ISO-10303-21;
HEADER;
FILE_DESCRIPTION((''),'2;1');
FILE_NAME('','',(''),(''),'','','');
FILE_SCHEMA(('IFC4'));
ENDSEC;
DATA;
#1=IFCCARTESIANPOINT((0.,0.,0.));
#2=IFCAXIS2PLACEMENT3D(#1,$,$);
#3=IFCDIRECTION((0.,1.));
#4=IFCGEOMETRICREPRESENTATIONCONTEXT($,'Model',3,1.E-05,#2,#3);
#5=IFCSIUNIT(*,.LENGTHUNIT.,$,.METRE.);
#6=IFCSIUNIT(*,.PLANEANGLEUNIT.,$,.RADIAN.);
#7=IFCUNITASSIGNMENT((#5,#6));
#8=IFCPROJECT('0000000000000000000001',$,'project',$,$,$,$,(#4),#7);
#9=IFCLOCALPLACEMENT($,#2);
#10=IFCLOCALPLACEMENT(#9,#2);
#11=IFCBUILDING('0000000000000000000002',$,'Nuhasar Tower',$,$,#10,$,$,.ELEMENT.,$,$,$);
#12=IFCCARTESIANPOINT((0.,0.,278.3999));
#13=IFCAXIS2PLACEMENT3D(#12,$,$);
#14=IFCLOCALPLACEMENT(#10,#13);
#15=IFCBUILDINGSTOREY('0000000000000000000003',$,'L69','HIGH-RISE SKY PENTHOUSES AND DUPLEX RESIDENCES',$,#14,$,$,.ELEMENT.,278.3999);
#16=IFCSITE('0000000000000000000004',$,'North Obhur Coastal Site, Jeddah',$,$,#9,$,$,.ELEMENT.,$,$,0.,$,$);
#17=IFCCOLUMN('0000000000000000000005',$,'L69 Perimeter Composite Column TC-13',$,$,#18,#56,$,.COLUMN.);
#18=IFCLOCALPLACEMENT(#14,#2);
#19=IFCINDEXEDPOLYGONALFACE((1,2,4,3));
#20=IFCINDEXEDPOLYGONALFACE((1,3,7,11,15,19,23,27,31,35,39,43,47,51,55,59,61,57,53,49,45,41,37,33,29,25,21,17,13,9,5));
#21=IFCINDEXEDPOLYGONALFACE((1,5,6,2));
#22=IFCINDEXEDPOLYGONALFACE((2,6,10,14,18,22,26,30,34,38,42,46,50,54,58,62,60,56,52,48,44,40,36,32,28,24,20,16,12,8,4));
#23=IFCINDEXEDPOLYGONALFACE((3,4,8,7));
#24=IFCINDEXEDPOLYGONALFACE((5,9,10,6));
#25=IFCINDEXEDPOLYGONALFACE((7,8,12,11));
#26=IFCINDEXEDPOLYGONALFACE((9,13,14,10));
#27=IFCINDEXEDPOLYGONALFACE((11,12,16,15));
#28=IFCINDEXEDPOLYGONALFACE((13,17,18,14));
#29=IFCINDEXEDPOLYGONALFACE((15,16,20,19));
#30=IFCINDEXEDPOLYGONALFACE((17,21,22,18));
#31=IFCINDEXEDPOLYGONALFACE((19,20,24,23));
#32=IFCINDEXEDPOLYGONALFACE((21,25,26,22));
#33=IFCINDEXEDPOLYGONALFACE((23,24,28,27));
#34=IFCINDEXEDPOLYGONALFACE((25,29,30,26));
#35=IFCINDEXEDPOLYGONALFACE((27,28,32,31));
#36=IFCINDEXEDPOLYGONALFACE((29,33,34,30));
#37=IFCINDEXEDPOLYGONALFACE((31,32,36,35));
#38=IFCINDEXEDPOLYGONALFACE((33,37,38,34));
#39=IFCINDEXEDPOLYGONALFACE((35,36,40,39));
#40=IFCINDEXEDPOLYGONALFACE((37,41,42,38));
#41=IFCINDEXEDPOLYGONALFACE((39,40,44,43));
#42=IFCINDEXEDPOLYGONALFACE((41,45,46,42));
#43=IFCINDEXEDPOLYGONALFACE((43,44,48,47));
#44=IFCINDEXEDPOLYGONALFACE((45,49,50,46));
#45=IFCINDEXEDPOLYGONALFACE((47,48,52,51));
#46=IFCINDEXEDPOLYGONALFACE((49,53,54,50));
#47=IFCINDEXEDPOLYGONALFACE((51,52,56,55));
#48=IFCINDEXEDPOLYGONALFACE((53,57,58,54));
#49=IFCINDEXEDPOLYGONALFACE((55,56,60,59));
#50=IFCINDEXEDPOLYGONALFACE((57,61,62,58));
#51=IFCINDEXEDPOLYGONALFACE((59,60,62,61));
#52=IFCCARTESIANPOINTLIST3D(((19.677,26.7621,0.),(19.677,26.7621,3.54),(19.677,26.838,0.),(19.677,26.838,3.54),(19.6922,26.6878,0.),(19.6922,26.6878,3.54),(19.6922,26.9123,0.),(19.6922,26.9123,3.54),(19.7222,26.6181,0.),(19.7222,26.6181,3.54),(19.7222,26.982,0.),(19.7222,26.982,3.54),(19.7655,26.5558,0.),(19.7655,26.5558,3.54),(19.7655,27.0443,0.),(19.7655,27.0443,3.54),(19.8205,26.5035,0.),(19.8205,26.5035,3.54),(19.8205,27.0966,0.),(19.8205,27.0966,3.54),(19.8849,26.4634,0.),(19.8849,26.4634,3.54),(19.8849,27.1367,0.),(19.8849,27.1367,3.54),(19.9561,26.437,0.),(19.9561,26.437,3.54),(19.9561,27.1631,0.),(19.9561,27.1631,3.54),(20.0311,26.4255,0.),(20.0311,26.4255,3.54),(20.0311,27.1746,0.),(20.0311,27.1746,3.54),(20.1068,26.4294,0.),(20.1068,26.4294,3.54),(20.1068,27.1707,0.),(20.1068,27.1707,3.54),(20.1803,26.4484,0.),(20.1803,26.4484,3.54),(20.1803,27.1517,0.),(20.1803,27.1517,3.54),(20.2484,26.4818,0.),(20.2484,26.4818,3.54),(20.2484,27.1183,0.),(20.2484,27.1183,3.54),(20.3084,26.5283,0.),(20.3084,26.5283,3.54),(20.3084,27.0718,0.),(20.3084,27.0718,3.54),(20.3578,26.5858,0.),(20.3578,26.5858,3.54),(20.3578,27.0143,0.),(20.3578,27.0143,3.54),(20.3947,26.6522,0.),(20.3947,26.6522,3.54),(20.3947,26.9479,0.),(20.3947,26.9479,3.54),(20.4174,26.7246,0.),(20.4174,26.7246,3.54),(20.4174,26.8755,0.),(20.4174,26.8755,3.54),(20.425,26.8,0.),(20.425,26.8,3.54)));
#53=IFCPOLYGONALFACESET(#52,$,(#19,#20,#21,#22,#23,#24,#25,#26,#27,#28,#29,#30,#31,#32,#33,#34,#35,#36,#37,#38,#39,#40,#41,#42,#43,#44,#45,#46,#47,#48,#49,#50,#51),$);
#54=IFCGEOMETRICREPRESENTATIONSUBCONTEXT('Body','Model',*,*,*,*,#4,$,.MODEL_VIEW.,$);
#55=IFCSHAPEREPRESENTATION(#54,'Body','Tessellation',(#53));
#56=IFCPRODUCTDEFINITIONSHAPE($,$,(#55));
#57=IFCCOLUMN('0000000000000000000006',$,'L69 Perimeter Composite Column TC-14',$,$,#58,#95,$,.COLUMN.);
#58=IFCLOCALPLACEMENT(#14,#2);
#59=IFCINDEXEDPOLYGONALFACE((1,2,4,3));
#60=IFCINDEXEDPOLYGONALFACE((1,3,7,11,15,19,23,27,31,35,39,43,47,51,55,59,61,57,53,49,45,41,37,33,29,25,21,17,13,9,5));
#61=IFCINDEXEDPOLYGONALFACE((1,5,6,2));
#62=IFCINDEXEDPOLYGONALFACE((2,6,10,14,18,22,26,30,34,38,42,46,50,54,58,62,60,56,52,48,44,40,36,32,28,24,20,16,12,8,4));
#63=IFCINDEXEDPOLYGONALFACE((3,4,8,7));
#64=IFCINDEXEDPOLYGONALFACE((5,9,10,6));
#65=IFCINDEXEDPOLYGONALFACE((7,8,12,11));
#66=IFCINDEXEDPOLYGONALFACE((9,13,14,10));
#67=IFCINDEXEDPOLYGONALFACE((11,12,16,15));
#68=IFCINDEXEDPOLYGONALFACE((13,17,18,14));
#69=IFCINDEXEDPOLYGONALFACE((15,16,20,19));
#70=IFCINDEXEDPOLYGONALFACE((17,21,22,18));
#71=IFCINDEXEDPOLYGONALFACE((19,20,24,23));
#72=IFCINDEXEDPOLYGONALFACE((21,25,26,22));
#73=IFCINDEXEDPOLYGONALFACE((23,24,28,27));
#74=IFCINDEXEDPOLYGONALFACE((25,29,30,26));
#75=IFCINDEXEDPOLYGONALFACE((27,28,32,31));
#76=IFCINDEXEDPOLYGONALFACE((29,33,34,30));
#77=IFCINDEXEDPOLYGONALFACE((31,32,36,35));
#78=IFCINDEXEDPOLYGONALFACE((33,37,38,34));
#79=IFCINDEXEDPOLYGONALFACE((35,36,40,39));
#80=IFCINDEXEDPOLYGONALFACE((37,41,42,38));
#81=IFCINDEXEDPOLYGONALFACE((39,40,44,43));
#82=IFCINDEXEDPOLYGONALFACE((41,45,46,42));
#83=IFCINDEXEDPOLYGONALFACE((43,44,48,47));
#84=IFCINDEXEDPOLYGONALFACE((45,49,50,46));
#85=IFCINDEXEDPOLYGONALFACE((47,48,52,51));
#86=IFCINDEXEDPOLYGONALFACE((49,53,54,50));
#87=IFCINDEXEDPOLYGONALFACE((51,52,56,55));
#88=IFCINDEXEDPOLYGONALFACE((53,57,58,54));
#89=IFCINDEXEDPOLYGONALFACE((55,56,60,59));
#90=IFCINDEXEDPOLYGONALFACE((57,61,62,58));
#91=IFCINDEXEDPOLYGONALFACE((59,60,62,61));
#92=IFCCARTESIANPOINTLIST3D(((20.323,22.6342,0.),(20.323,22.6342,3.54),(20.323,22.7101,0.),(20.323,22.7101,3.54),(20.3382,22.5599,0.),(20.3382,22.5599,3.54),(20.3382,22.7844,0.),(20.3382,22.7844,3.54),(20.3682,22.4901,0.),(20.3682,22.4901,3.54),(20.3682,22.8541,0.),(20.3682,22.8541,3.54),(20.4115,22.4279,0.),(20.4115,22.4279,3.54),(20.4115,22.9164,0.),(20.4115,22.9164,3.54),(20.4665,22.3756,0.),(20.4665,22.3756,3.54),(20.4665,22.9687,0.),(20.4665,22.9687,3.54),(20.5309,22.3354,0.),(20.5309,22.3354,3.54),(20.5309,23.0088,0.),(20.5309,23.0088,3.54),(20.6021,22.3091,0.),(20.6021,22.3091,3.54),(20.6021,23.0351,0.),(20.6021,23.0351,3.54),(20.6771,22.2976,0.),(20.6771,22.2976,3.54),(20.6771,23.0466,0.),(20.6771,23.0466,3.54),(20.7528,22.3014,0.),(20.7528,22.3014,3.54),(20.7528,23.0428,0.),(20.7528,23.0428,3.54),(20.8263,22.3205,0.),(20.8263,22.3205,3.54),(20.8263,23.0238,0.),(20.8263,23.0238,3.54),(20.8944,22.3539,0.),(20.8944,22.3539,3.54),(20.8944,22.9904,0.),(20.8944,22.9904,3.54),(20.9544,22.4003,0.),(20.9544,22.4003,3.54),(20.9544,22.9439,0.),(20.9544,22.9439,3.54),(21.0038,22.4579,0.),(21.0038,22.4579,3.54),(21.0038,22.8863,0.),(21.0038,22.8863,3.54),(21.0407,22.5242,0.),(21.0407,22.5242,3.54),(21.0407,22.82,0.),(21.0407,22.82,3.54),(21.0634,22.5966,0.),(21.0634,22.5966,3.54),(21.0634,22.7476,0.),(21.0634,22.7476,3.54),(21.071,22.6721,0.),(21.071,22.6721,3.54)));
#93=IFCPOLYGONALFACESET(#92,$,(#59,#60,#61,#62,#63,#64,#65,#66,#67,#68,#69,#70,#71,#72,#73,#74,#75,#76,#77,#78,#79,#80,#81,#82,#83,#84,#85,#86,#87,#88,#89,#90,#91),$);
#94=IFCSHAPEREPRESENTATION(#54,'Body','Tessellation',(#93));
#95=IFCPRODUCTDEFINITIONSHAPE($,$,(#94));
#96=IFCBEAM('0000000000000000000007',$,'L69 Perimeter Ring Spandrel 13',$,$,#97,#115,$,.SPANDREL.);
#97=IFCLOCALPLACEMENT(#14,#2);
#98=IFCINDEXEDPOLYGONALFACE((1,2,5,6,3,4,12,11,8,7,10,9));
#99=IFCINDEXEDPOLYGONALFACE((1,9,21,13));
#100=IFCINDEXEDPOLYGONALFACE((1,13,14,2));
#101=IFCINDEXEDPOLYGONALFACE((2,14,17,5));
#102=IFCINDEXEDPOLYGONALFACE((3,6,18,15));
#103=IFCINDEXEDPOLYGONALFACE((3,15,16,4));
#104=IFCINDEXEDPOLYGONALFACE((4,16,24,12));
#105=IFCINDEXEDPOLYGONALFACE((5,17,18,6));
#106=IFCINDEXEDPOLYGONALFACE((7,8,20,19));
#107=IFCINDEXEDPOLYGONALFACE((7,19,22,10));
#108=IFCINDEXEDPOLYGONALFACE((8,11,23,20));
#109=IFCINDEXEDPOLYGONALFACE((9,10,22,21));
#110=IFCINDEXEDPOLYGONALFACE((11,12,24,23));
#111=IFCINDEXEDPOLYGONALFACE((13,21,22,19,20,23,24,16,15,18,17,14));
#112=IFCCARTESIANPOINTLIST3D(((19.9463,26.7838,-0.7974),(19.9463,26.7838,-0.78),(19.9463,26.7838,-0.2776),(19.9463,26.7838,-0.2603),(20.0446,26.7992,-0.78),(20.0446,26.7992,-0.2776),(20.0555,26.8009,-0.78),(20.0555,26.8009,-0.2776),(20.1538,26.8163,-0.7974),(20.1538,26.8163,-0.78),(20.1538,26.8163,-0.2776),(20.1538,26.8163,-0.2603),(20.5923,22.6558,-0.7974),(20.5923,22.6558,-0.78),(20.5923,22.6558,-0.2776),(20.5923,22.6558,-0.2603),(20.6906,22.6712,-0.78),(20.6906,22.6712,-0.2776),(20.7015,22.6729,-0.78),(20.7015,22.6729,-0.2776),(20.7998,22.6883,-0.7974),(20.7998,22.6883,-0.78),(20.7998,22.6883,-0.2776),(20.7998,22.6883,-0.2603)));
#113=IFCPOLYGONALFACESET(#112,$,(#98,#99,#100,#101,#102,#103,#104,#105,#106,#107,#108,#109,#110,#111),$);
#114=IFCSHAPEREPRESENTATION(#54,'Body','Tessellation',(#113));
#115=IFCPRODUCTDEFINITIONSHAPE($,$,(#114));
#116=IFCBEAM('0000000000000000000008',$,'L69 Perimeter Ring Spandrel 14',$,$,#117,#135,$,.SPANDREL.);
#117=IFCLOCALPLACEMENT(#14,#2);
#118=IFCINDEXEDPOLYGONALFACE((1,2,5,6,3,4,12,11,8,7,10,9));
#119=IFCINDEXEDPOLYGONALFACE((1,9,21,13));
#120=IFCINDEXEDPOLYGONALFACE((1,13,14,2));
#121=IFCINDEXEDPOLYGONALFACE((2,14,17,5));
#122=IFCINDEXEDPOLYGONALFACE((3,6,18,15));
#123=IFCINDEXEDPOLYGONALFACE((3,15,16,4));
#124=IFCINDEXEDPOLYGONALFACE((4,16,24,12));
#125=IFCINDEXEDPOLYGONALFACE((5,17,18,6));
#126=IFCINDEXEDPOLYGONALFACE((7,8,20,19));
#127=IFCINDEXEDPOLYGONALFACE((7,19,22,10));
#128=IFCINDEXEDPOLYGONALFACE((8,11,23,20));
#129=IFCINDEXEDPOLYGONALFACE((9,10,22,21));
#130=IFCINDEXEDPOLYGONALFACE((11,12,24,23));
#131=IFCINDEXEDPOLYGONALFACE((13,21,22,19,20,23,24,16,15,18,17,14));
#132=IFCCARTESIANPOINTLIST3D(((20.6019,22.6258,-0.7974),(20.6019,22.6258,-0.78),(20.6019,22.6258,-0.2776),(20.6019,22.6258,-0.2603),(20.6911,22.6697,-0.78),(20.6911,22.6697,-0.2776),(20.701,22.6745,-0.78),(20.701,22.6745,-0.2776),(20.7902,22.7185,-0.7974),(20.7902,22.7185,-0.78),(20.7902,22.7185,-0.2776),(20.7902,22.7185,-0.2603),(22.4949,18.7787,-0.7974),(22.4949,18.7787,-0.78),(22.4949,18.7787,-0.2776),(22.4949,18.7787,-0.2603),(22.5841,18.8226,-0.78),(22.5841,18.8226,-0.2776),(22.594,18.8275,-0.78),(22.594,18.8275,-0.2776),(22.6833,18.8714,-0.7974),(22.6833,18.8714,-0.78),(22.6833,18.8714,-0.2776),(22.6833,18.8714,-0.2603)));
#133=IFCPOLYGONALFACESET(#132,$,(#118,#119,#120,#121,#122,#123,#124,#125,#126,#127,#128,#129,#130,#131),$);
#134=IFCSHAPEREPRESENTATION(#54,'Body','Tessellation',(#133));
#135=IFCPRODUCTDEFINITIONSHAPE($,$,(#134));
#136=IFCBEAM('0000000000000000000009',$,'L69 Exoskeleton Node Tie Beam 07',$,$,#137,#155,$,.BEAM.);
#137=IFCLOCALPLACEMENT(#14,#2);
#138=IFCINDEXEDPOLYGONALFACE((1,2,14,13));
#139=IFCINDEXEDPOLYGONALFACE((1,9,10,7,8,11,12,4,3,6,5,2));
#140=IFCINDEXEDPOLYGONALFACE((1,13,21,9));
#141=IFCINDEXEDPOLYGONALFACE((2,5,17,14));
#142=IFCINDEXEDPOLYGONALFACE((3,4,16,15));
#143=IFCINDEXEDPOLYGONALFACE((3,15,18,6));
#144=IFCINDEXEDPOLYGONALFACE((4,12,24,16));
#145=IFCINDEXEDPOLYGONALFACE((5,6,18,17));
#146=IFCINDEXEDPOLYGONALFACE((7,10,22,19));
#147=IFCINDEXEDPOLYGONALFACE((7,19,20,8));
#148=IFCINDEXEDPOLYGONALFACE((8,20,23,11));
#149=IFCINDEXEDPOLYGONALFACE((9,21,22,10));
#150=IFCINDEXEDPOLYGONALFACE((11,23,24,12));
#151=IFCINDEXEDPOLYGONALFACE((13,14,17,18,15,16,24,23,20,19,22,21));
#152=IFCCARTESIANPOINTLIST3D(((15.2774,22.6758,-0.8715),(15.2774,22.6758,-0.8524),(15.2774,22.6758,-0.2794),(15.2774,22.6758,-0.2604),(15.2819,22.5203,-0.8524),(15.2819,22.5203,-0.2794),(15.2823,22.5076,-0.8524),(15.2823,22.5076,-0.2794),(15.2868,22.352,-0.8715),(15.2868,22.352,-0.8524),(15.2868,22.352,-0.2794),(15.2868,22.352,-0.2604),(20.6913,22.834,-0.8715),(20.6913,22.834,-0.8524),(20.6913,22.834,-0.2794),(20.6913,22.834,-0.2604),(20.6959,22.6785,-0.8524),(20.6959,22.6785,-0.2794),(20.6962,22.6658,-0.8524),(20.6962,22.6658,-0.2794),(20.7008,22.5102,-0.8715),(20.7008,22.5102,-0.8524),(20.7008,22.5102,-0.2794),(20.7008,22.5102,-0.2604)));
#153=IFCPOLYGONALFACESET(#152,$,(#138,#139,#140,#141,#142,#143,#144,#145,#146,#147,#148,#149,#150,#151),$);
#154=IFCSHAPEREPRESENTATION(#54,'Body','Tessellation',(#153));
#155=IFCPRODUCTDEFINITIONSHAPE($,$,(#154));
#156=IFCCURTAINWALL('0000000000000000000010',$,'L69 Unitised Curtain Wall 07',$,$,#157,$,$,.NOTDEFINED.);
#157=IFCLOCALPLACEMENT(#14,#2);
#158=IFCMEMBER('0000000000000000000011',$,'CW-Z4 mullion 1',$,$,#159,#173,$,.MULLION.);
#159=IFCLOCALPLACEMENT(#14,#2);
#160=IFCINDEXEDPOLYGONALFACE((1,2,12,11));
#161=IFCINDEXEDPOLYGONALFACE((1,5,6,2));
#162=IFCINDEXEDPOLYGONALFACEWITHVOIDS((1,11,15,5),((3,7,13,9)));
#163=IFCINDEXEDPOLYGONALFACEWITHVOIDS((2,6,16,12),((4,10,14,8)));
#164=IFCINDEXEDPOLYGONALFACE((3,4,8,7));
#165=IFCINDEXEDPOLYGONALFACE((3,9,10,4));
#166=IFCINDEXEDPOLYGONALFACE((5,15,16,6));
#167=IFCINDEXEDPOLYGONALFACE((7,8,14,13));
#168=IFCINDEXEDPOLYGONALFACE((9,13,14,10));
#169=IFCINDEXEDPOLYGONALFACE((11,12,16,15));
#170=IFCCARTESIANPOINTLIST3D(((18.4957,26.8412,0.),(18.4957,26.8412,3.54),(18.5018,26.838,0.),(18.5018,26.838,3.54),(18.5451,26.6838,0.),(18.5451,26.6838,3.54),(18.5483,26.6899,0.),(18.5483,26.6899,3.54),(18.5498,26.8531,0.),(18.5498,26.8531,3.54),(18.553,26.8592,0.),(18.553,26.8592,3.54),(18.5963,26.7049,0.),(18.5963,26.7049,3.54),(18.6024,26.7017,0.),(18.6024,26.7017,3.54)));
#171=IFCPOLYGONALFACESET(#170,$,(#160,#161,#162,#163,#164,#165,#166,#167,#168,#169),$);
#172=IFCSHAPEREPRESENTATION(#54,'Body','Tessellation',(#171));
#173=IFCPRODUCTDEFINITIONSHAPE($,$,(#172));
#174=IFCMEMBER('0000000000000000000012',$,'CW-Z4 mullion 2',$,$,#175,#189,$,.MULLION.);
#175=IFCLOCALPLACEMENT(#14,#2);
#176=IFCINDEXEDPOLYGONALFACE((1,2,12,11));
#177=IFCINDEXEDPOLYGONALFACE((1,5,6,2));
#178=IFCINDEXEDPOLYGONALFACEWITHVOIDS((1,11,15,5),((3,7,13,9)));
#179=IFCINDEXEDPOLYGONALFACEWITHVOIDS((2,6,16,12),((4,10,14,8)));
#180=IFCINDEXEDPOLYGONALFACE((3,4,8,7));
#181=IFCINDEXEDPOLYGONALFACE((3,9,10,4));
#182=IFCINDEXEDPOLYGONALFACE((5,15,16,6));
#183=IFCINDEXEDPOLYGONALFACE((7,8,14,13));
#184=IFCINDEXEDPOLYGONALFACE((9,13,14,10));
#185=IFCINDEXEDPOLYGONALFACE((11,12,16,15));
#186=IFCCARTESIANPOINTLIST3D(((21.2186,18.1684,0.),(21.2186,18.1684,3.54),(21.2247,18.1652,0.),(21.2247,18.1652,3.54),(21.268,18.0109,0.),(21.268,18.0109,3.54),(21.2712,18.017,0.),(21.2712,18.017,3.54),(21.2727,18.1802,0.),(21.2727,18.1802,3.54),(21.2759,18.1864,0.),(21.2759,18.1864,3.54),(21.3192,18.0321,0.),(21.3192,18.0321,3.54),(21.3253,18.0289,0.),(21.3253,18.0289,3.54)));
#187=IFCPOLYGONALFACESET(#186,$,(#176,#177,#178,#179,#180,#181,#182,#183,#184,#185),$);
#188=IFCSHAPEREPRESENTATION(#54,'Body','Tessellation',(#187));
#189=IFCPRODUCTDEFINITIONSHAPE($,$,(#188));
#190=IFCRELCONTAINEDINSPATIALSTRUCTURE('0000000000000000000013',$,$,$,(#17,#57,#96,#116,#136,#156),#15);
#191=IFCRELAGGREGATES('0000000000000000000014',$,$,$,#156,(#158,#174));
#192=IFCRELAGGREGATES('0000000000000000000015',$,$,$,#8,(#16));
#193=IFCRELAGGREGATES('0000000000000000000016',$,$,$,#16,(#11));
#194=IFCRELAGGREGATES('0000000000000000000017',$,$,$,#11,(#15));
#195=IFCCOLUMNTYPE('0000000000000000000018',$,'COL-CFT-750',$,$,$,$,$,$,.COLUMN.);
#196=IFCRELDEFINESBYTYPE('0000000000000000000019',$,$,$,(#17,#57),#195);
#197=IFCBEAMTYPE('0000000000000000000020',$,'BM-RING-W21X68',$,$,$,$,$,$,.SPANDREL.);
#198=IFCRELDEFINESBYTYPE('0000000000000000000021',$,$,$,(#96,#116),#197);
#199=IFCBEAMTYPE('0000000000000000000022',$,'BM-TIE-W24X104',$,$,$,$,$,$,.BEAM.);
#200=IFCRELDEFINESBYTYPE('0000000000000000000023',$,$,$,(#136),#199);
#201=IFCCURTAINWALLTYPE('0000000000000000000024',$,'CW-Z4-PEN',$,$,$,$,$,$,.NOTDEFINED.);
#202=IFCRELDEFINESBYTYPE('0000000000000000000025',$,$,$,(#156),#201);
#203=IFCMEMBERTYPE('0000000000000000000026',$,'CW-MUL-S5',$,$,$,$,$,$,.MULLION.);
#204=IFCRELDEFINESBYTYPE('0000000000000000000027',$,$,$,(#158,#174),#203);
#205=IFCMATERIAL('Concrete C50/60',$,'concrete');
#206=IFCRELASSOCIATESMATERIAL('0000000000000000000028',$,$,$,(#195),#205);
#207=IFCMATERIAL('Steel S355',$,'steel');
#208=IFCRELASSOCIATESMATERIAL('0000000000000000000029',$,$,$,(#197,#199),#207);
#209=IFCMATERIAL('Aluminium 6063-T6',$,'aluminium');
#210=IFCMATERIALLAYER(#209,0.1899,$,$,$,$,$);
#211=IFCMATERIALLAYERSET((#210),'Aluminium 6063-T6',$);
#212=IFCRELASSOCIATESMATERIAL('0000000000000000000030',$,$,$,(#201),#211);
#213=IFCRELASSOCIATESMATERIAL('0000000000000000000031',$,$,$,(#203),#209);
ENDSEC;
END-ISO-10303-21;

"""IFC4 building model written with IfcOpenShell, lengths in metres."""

from ifc_helpers import new_model, si_unit, direction, frame, origin, origin_2d, place, context, subcontext, project, spatial, hollow_rectangle, circle, i_section, extrude, material, layer, layer_set, material_profile, profile_set, type_object, element, aggregate, save


model = new_model("IFC4")

# Units and contexts
model_context = context("Model", 3, precision=1e-05, world=origin(), true_north=direction((0.0, 1.0)))
body_context = subcontext(model_context, "Body", "Model", "MODEL_VIEW")
ifc_project = project(units=[si_unit("LENGTHUNIT", "METRE"), si_unit("PLANEANGLEUNIT", "RADIAN")], contexts=[model_context])

# Site, building, storey
site_placement = place(None, origin())
site = spatial("IfcSite", under=ifc_project, at=site_placement, Name="North Obhur Coastal Site, Jeddah", CompositionType="ELEMENT", RefElevation=0.0)
building_placement = place(site_placement, origin())
building = spatial("IfcBuilding", under=site, at=building_placement, Name="Nuhasar Tower", CompositionType="ELEMENT")
storey_placement = place(building_placement, frame((0.0, 0.0, 278.3999)))
storey = spatial("IfcBuildingStorey", under=building, at=storey_placement, Name="L69", Description="HIGH-RISE SKY PENTHOUSES AND DUPLEX RESIDENCES", CompositionType="ELEMENT", Elevation=278.3999)

# Columns
ifc_material_1 = material(Name="Concrete C50/60", Category="concrete")
ifc_material_profile_1 = material_profile(ifc_material_1, circle(Radius=0.375, at=origin_2d()), Name="CFT750")
ifc_profile_set_1 = profile_set([ifc_material_profile_1], Name="Concrete C50/60")
column_type = type_object("IfcColumnType", Name="COL-CFT-750", PredefinedType="COLUMN", material=ifc_profile_set_1)
for number, where, z_axis, x_axis, name in (
    (1, (20.05, 26.8, 0.0), (0.0, 0.0, 1.0), (1.0, 0.0, 0.0), "L69 Perimeter Composite Column TC-13"),
    (2, (20.696, 22.6721, 0.0), (0.0, 0.0, 1.0), (1.0, 0.0, 0.0), "L69 Perimeter Composite Column TC-14"),
):
    element("IfcColumn", number, at=place(storey_placement, frame(where, z_axis=z_axis, x_axis=x_axis)), inside=storey, type_object=column_type, Name=name, PredefinedType="COLUMN", context=body_context, shape_type="SweptSolid", body=[
        extrude(circle(Radius=0.375, at=origin_2d()), origin(), (0.0, 0.0, 1.0), 3.54),
    ])

# Beams
ifc_material_2 = material(Name="Steel S355", Category="steel")
ifc_material_profile_2 = material_profile(ifc_material_2, i_section(OverallWidth=0.21, OverallDepth=0.5371, WebThickness=0.011, FlangeThickness=0.0173, at=origin_2d()), Name="W21X68")
ifc_profile_set_2 = profile_set([ifc_material_profile_2], Name="Steel S355")
beam_type_1 = type_object("IfcBeamType", Name="BM-RING-W21X68", PredefinedType="SPANDREL", material=ifc_profile_set_2)
beam_1_placement = place(storey_placement, frame((20.05, 26.8, -0.5288), z_axis=(0.154612, -0.987975, 0.0), x_axis=(0.987975, 0.154612, 0.0)))
element("IfcBeam", 3, at=beam_1_placement, inside=storey, type_object=beam_type_1, Name="L69 Perimeter Ring Spandrel 13", PredefinedType="SPANDREL", context=body_context, shape_type="SweptSolid", body=[
    extrude(i_section(OverallWidth=0.21, OverallDepth=0.5371, WebThickness=0.011, FlangeThickness=0.0173, at=origin_2d()), origin(), (0.0, 0.0, 1.0), 4.1782),
])
beam_2_placement = place(storey_placement, frame((20.696, 22.6721, -0.5288), z_axis=(0.441511, -0.897256, 0.0), x_axis=(0.897256, 0.441511, 0.0)))
element("IfcBeam", 4, at=beam_2_placement, inside=storey, type_object=beam_type_1, Name="L69 Perimeter Ring Spandrel 14", PredefinedType="SPANDREL", context=body_context, shape_type="SweptSolid", body=[
    extrude(i_section(OverallWidth=0.21, OverallDepth=0.5371, WebThickness=0.011, FlangeThickness=0.0173, at=origin_2d()), origin(), (0.0, 0.0, 1.0), 4.2876),
])
ifc_material_profile_3 = material_profile(ifc_material_2, i_section(OverallWidth=0.324, OverallDepth=0.6111, WebThickness=0.0127, FlangeThickness=0.019, at=origin_2d()), Name="W24X104")
ifc_profile_set_3 = profile_set([ifc_material_profile_3], Name="Steel S355")
beam_type_2 = type_object("IfcBeamType", Name="BM-TIE-W24X104", PredefinedType="BEAM", material=ifc_profile_set_3)
beam_3_placement = place(storey_placement, frame((20.696, 22.6721, -0.5659), z_axis=(-0.999573, -0.029208, 0.0), x_axis=(0.029208, -0.999573, 0.0)))
element("IfcBeam", 5, at=beam_3_placement, inside=storey, type_object=beam_type_2, Name="L69 Exoskeleton Node Tie Beam 07", PredefinedType="BEAM", context=body_context, shape_type="SweptSolid", body=[
    extrude(i_section(OverallWidth=0.324, OverallDepth=0.6111, WebThickness=0.0127, FlangeThickness=0.019, at=origin_2d()), origin(), (0.0, 0.0, 1.0), 5.4163),
])

# Curtain wall, members
ifc_material_3 = material(Name="Aluminium 6063-T6", Category="aluminium")
ifc_layer_1 = layer(ifc_material_3, 0.1899)
ifc_layer_set_1 = layer_set([ifc_layer_1], Name="Aluminium 6063-T6")
curtain_wall_type = type_object("IfcCurtainWallType", Name="CW-Z4-PEN", PredefinedType="NOTDEFINED", material=ifc_layer_set_1)
curtain_wall_1_placement = place(storey_placement, origin())
curtain_wall_1 = element("IfcCurtainWall", 6, at=curtain_wall_1_placement, inside=storey, type_object=curtain_wall_type, Name="L69 Unitised Curtain Wall 07", PredefinedType="NOTDEFINED")
ifc_material_profile_4 = material_profile(ifc_material_3, hollow_rectangle(XDim=0.0601, YDim=0.165, WallThickness=0.0049, at=origin_2d()), Name="CWM-5")
ifc_profile_set_4 = profile_set([ifc_material_profile_4], Name="Aluminium 6063-T6")
member_type_1 = type_object("IfcMemberType", Name="CW-MUL-S5", PredefinedType="MULLION", material=ifc_profile_set_4)
member_1_placement = place(storey_placement, frame((18.5491, 26.7715, 0.0), z_axis=(0.0, 0.0, 1.0), x_axis=(0.954079, 0.299557, 0.0)))
member_1 = element("IfcMember", 7, at=member_1_placement, type_object=member_type_1, Name="CW-Z4 mullion 1", PredefinedType="MULLION", context=body_context, shape_type="SweptSolid", body=[
    extrude(hollow_rectangle(XDim=0.0601, YDim=0.165, WallThickness=0.0049, at=origin_2d()), origin(), (0.0, 0.0, 1.0), 3.54),
])
member_2_placement = place(storey_placement, frame((21.272, 18.0986, 0.0), z_axis=(0.0, 0.0, 1.0), x_axis=(0.954079, 0.299557, 0.0)))
member_2 = element("IfcMember", 8, at=member_2_placement, type_object=member_type_1, Name="CW-Z4 mullion 2", PredefinedType="MULLION", context=body_context, shape_type="SweptSolid", body=[
    extrude(hollow_rectangle(XDim=0.0601, YDim=0.165, WallThickness=0.0049, at=origin_2d()), origin(), (0.0, 0.0, 1.0), 3.54),
])

aggregate(curtain_wall_1, [member_1, member_2])

save(model, "model.ifc")
